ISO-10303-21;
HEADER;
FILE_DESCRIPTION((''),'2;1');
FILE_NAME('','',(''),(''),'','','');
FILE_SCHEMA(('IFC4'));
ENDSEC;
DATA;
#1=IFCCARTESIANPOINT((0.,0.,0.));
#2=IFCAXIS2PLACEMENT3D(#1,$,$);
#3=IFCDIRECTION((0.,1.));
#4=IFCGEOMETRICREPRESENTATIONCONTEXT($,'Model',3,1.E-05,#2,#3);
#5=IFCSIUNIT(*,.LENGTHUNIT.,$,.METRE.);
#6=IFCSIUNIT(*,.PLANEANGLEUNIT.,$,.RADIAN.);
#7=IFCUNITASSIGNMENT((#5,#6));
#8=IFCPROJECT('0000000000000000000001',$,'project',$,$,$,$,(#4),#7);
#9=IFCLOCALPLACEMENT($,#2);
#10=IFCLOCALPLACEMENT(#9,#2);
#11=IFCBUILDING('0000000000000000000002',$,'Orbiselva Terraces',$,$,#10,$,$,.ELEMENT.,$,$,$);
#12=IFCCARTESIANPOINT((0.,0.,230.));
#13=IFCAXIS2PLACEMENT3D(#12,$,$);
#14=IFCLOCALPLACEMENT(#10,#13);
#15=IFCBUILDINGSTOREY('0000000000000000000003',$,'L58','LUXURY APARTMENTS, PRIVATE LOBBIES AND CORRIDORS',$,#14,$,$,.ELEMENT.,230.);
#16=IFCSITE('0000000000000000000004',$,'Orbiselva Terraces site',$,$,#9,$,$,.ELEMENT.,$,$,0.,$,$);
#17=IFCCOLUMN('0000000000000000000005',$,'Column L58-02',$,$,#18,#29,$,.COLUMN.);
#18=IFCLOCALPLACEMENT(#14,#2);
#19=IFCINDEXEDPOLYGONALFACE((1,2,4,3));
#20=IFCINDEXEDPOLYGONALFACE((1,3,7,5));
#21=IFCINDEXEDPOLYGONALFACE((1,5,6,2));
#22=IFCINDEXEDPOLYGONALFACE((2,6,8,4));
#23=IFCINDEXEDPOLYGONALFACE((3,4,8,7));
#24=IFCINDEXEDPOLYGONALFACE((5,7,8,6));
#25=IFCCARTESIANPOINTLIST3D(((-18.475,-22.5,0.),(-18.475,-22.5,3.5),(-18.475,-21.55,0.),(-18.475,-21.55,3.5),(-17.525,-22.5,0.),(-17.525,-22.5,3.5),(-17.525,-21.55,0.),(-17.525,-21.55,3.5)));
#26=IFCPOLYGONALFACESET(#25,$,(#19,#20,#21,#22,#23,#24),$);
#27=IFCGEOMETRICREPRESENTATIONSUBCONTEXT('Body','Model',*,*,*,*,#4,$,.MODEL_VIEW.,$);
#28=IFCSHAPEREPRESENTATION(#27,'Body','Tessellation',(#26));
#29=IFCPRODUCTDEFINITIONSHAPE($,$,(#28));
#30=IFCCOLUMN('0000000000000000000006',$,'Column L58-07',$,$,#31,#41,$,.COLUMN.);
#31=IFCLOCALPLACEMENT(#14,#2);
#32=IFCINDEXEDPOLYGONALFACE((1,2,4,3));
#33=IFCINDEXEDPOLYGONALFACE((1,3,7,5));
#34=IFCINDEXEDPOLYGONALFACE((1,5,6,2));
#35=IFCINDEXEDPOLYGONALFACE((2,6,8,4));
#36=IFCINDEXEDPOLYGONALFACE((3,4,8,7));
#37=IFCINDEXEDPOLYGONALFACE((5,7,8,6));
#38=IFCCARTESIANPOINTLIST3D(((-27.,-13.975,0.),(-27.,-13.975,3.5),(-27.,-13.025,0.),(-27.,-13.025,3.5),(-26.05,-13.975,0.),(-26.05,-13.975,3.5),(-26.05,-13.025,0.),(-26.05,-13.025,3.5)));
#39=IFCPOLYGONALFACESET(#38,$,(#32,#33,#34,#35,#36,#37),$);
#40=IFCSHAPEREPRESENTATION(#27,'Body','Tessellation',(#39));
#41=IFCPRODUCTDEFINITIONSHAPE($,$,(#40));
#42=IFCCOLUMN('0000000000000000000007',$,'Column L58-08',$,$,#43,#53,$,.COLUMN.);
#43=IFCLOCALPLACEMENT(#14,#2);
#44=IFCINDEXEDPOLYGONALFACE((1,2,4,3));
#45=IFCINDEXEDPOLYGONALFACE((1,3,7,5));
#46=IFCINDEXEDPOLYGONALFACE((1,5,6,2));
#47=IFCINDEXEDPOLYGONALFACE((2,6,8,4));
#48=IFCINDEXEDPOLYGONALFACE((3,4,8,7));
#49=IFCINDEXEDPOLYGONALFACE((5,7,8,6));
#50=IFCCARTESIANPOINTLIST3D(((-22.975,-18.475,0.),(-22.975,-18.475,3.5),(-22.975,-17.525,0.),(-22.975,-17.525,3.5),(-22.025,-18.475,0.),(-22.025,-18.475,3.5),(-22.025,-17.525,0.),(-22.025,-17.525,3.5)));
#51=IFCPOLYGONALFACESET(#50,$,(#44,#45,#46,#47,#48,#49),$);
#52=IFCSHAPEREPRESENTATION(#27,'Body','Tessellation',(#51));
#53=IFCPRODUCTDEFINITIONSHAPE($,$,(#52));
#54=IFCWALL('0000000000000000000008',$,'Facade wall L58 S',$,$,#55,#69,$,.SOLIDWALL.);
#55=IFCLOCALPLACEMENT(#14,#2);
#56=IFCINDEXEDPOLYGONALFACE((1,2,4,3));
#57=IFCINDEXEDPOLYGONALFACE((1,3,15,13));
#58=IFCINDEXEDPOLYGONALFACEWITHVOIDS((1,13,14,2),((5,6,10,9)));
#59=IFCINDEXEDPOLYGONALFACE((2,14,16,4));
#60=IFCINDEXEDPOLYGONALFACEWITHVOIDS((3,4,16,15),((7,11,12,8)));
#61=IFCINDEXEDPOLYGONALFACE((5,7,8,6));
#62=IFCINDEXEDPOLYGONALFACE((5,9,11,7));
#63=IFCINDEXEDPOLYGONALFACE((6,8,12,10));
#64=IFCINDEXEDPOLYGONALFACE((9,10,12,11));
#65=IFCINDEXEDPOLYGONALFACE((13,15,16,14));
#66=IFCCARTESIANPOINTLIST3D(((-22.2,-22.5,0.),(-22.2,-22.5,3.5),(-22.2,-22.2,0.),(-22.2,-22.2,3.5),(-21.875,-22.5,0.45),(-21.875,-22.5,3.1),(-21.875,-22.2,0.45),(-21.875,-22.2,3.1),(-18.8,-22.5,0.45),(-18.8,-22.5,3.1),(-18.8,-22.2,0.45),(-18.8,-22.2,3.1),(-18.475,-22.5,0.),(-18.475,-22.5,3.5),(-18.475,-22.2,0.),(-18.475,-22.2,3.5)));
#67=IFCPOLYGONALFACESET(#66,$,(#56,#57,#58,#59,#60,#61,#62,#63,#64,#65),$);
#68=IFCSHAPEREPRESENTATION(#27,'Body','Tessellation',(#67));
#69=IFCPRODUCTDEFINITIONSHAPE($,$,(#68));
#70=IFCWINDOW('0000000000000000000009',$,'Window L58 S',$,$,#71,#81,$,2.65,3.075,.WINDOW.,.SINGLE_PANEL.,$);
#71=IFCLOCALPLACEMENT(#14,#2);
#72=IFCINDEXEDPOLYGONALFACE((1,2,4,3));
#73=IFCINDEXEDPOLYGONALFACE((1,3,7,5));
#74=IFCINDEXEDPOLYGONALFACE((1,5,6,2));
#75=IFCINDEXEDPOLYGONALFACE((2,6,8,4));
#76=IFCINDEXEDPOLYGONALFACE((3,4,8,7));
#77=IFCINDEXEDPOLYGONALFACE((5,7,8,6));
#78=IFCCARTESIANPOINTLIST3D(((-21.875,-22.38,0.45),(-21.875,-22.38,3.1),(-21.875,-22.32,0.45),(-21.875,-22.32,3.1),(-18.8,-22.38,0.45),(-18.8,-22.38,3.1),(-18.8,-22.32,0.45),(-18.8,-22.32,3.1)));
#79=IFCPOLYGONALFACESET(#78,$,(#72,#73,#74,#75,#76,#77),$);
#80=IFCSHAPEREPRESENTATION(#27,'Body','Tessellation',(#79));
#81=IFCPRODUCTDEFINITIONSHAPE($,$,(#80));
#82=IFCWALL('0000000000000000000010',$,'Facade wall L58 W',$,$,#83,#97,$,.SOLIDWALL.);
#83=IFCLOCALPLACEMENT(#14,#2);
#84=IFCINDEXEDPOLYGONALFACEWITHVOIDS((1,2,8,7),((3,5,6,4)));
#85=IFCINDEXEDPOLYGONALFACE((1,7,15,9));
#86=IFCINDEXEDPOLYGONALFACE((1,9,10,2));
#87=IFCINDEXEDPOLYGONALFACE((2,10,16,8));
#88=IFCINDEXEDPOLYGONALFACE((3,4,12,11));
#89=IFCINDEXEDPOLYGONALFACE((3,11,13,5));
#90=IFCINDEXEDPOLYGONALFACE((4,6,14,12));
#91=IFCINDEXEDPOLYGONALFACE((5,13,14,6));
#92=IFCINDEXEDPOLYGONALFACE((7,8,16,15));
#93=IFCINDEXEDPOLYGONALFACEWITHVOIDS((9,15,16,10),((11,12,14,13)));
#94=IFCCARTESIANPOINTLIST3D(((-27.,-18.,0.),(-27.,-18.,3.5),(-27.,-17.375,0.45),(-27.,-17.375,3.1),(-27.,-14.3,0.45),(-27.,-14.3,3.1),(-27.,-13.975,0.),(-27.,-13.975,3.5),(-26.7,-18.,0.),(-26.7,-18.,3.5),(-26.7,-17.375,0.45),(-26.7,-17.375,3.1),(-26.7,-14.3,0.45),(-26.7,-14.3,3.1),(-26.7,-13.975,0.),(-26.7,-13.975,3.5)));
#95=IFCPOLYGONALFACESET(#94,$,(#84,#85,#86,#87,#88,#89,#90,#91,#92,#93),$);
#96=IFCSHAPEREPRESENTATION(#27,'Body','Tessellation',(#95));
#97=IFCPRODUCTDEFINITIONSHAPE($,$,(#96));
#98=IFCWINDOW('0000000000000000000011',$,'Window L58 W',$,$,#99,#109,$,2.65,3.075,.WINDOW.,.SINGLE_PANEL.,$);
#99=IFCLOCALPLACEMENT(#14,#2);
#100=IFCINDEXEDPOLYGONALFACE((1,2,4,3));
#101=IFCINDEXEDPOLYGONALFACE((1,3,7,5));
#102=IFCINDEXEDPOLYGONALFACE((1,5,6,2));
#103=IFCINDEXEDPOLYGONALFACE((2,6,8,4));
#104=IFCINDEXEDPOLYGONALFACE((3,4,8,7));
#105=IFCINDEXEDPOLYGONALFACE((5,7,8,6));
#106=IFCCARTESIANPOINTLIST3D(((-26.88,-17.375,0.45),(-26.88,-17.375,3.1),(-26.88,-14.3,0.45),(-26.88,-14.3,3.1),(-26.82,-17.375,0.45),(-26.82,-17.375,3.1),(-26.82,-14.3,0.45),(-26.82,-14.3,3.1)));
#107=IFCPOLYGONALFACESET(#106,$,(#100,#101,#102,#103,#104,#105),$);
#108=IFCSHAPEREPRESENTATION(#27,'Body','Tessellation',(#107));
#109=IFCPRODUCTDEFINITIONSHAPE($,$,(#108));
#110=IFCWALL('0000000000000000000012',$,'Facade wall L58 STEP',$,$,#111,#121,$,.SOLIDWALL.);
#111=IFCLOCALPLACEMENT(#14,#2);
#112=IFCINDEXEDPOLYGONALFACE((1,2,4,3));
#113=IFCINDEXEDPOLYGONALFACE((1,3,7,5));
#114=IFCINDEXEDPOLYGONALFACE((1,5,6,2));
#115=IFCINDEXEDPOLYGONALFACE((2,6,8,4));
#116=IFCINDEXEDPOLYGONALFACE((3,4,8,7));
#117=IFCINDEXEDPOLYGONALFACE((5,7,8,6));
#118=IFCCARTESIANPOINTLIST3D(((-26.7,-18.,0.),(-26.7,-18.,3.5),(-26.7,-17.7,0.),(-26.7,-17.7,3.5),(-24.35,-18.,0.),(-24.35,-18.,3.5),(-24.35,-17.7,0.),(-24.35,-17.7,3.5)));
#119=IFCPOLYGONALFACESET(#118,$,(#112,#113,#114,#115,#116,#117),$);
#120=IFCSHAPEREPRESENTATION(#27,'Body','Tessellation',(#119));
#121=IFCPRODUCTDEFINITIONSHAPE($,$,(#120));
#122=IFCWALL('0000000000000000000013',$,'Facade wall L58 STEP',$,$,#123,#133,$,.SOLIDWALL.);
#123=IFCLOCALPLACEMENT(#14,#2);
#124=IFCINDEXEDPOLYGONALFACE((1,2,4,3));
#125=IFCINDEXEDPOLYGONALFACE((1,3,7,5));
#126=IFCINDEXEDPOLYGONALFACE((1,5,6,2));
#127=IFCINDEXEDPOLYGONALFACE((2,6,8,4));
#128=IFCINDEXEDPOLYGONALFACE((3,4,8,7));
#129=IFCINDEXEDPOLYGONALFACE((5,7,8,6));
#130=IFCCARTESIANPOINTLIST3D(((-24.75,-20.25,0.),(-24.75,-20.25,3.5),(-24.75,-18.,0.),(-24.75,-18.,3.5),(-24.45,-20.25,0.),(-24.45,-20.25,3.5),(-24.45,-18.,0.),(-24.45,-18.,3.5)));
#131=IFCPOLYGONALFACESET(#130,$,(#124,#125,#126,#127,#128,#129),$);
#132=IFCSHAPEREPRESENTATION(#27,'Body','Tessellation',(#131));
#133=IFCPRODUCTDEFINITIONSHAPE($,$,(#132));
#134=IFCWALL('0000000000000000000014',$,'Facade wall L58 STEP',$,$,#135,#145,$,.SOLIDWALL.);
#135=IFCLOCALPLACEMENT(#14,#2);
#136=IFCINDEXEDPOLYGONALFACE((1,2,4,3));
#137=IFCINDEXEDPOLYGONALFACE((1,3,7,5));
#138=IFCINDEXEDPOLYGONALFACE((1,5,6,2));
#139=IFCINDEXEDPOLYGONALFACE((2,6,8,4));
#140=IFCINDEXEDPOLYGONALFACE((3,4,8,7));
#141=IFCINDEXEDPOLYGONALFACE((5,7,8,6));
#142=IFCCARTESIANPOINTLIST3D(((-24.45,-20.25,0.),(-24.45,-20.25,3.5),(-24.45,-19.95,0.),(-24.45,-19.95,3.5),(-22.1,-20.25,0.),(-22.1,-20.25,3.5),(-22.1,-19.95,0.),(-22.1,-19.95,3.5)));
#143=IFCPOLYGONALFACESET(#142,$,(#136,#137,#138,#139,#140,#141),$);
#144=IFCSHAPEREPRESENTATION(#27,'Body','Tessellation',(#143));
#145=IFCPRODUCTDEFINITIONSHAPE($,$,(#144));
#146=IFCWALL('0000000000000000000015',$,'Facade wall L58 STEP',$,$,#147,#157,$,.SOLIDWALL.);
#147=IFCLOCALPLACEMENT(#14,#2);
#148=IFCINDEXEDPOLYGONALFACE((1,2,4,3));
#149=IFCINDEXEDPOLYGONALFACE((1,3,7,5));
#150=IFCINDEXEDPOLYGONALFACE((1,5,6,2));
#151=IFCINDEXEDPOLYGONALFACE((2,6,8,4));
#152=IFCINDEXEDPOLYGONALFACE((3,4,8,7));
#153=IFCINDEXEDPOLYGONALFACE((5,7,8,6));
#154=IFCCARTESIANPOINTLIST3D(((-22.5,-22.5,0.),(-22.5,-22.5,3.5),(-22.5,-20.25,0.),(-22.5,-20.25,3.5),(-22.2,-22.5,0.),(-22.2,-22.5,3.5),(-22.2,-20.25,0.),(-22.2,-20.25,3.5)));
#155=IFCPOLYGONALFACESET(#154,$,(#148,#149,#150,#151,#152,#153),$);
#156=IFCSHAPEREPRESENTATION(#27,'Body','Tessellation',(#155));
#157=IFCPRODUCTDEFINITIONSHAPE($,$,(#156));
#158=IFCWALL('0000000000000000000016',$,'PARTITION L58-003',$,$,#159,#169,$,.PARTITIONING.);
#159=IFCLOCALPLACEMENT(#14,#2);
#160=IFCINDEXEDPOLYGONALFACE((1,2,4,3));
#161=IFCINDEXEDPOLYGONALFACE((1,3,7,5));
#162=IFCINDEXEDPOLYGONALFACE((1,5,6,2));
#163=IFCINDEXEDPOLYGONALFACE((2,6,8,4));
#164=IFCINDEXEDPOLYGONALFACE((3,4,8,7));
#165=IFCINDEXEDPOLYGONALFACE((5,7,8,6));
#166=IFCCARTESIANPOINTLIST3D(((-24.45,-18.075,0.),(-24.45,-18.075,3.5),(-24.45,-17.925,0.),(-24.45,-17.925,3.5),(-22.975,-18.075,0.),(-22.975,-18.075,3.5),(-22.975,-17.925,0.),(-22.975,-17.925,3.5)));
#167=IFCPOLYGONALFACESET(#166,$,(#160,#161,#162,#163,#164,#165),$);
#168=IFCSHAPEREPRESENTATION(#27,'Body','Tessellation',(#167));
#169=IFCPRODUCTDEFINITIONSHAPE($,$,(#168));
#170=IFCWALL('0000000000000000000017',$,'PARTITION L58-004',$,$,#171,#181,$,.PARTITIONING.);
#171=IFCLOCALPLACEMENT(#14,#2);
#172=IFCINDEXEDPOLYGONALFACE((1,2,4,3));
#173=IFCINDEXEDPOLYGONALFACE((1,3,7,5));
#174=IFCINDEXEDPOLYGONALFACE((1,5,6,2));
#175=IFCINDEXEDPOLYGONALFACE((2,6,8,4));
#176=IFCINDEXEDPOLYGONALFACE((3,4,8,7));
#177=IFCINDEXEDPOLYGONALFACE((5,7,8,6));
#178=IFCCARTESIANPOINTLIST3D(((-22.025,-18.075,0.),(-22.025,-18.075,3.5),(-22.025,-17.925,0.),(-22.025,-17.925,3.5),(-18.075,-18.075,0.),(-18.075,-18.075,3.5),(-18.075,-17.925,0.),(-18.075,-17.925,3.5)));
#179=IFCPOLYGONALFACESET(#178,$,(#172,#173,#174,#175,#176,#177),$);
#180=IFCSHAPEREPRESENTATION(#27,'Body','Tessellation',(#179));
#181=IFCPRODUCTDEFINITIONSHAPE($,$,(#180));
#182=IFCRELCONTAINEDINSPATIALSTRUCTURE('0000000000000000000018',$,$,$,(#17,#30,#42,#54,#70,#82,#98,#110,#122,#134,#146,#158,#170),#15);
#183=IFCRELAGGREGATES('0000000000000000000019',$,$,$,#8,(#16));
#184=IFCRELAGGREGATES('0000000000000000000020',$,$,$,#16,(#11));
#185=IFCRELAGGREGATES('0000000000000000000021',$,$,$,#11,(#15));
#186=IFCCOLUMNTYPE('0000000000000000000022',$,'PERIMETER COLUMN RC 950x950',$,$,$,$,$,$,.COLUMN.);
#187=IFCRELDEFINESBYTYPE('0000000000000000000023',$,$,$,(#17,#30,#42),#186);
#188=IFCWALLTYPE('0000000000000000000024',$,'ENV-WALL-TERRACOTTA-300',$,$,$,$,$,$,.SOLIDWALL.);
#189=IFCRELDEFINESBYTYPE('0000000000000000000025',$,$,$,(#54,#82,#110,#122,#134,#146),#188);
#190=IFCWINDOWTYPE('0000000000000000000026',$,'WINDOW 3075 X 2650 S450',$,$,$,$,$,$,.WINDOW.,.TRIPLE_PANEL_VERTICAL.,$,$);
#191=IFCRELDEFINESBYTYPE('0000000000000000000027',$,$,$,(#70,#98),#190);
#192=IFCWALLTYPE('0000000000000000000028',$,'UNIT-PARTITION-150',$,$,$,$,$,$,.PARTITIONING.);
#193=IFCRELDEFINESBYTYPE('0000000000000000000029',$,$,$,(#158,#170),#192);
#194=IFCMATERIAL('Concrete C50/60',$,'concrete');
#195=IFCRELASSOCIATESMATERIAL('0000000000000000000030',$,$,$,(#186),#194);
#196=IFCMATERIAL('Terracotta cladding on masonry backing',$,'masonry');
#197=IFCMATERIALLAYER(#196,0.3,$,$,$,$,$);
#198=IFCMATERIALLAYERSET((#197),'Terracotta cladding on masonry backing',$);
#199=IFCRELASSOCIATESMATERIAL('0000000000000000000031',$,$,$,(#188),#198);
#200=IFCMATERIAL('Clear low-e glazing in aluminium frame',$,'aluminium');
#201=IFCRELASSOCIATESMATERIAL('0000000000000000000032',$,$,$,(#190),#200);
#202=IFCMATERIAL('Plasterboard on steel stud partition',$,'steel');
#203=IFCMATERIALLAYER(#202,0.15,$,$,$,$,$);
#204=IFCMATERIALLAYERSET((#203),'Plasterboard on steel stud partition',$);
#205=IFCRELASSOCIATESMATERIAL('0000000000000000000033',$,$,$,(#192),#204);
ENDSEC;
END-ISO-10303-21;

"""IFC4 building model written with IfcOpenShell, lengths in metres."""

from ifc_helpers import new_model, si_unit, direction, frame, frame_2d, origin, origin_2d, place, context, subcontext, project, spatial, rectangle, extrude, material, layer, layer_set, material_profile, profile_set, type_object, element, fill, save


model = new_model("IFC4")

# Units and contexts
model_context = context("Model", 3, precision=1e-05, world=origin(), true_north=direction((0.0, 1.0)))
body_context = subcontext(model_context, "Body", "Model", "MODEL_VIEW")
ifc_project = project(units=[si_unit("LENGTHUNIT", "METRE"), si_unit("PLANEANGLEUNIT", "RADIAN")], contexts=[model_context])

# Site, building, storey
site_placement = place(None, origin())
site = spatial("IfcSite", under=ifc_project, at=site_placement, Name="Orbiselva Terraces site", CompositionType="ELEMENT", RefElevation=0.0)
building_placement = place(site_placement, origin())
building = spatial("IfcBuilding", under=site, at=building_placement, Name="Orbiselva Terraces", CompositionType="ELEMENT")
storey_placement = place(building_placement, frame((0.0, 0.0, 230.0)))
storey = spatial("IfcBuildingStorey", under=building, at=storey_placement, Name="L58", Description="LUXURY APARTMENTS, PRIVATE LOBBIES AND CORRIDORS", CompositionType="ELEMENT", Elevation=230.0)

# Columns
ifc_material_1 = material(Name="Concrete C50/60", Category="concrete")
ifc_material_profile = material_profile(ifc_material_1, rectangle(XDim=0.95, YDim=0.95, at=origin_2d()), Name="RC 950x950")
ifc_profile_set = profile_set([ifc_material_profile], Name="Concrete C50/60")
column_type = type_object("IfcColumnType", Name="PERIMETER COLUMN RC 950x950", PredefinedType="COLUMN", material=ifc_profile_set)
for number, where, z_axis, x_axis, name in (
    (1, (-18.0, -22.025, 0.0), (0.0, 0.0, 1.0), (1.0, 0.0, 0.0), "Column L58-02"),
    (2, (-26.525, -13.5, 0.0), (0.0, 0.0, 1.0), (1.0, 0.0, 0.0), "Column L58-07"),
    (3, (-22.5, -18.0, 0.0), (0.0, 0.0, 1.0), (1.0, 0.0, 0.0), "Column L58-08"),
):
    element("IfcColumn", number, at=place(storey_placement, frame(where, z_axis=z_axis, x_axis=x_axis)), inside=storey, type_object=column_type, Name=name, PredefinedType="COLUMN", context=body_context, shape_type="SweptSolid", body=[
        extrude(rectangle(XDim=0.95, YDim=0.95, at=origin_2d()), origin(), (0.0, 0.0, 1.0), 3.5),
    ])

# Walls, openings, windows
ifc_material_2 = material(Name="Terracotta cladding on masonry backing", Category="masonry")
ifc_layer_1 = layer(ifc_material_2, 0.3)
ifc_layer_set_1 = layer_set([ifc_layer_1], Name="Terracotta cladding on masonry backing")
wall_type_1 = type_object("IfcWallType", Name="ENV-WALL-TERRACOTTA-300", PredefinedType="SOLIDWALL", material=ifc_layer_set_1)
wall_1_placement = place(storey_placement, frame((-18.475, -22.35, 0.0), z_axis=(0.0, 0.0, 1.0), x_axis=(-1.0, 0.0, 0.0)))
wall_1 = element("IfcWall", 4, at=wall_1_placement, inside=storey, type_object=wall_type_1, Name="Facade wall L58 S", PredefinedType="SOLIDWALL", context=body_context, shape_type="SweptSolid", body=[
    extrude(rectangle(XDim=3.725, YDim=0.3, at=frame_2d((1.8625, 0.0))), origin(), (0.0, 0.0, 1.0), 3.5),
])
opening_1_placement = place(wall_1_placement, frame((0.325, 0.0, 0.45)))
opening_1 = element("IfcOpeningElement", 5, at=opening_1_placement, cuts=wall_1, PredefinedType="OPENING", context=body_context, shape_type="SweptSolid", body=[
    extrude(rectangle(XDim=3.075, YDim=2.65, at=frame_2d((1.5375, 1.325))), frame((0.0, 0.16, 0.0), z_axis=(0.0, -1.0, 0.0), x_axis=(1.0, 0.0, 0.0)), (0.0, 0.0, 1.0), 0.32),
])
ifc_material_3 = material(Name="Clear low-e glazing in aluminium frame", Category="aluminium")
window_type = type_object("IfcWindowType", Name="WINDOW 3075 X 2650 S450", PartitioningType="TRIPLE_PANEL_VERTICAL", PredefinedType="WINDOW", material=ifc_material_3)
window_1_placement = place(opening_1_placement, origin())
window_1 = element("IfcWindow", 6, at=window_1_placement, inside=storey, type_object=window_type, Name="Window L58 S", OverallHeight=2.65, OverallWidth=3.075, PartitioningType="SINGLE_PANEL", PredefinedType="WINDOW", context=body_context, shape_type="SweptSolid", body=[
    extrude(rectangle(XDim=3.075, YDim=2.65, at=frame_2d((1.5375, 1.325))), frame((0.0, 0.03, 0.0), z_axis=(0.0, -1.0, 0.0), x_axis=(1.0, 0.0, 0.0)), (0.0, 0.0, 1.0), 0.06),
])
fill(opening_1, window_1)
wall_2_placement = place(storey_placement, frame((-26.85, -18.0, 0.0), z_axis=(0.0, 0.0, 1.0), x_axis=(0.0, 1.0, 0.0)))
wall_2 = element("IfcWall", 7, at=wall_2_placement, inside=storey, type_object=wall_type_1, Name="Facade wall L58 W", PredefinedType="SOLIDWALL", context=body_context, shape_type="SweptSolid", body=[
    extrude(rectangle(XDim=4.025, YDim=0.3, at=frame_2d((2.0125, 0.0))), origin(), (0.0, 0.0, 1.0), 3.5),
])
opening_2_placement = place(wall_2_placement, frame((0.625, 0.0, 0.45)))
opening_2 = element("IfcOpeningElement", 8, at=opening_2_placement, cuts=wall_2, PredefinedType="OPENING", context=body_context, shape_type="SweptSolid", body=[
    extrude(rectangle(XDim=3.075, YDim=2.65, at=frame_2d((1.5375, 1.325))), frame((0.0, 0.16, 0.0), z_axis=(0.0, -1.0, 0.0), x_axis=(1.0, 0.0, 0.0)), (0.0, 0.0, 1.0), 0.32),
])
window_2_placement = place(opening_2_placement, origin())
window_2 = element("IfcWindow", 9, at=window_2_placement, inside=storey, type_object=window_type, Name="Window L58 W", OverallHeight=2.65, OverallWidth=3.075, PartitioningType="SINGLE_PANEL", PredefinedType="WINDOW", context=body_context, shape_type="SweptSolid", body=[
    extrude(rectangle(XDim=3.075, YDim=2.65, at=frame_2d((1.5375, 1.325))), frame((0.0, 0.03, 0.0), z_axis=(0.0, -1.0, 0.0), x_axis=(1.0, 0.0, 0.0)), (0.0, 0.0, 1.0), 0.06),
])
fill(opening_2, window_2)

# Walls
wall_3_placement = place(storey_placement, frame((-24.35, -17.85, 0.0), z_axis=(0.0, 0.0, 1.0), x_axis=(-1.0, 0.0, 0.0)))
element("IfcWall", 10, at=wall_3_placement, inside=storey, type_object=wall_type_1, Name="Facade wall L58 STEP", PredefinedType="SOLIDWALL", context=body_context, shape_type="SweptSolid", body=[
    extrude(rectangle(XDim=2.35, YDim=0.3, at=frame_2d((1.175, 0.0))), origin(), (0.0, 0.0, 1.0), 3.5),
])
wall_4_placement = place(storey_placement, frame((-24.6, -20.25, 0.0), z_axis=(0.0, 0.0, 1.0), x_axis=(0.0, 1.0, 0.0)))
element("IfcWall", 11, at=wall_4_placement, inside=storey, type_object=wall_type_1, Name="Facade wall L58 STEP", PredefinedType="SOLIDWALL", context=body_context, shape_type="SweptSolid", body=[
    extrude(rectangle(XDim=2.25, YDim=0.3, at=frame_2d((1.125, 0.0))), origin(), (0.0, 0.0, 1.0), 3.5),
])
wall_5_placement = place(storey_placement, frame((-22.1, -20.1, 0.0), z_axis=(0.0, 0.0, 1.0), x_axis=(-1.0, 0.0, 0.0)))
element("IfcWall", 12, at=wall_5_placement, inside=storey, type_object=wall_type_1, Name="Facade wall L58 STEP", PredefinedType="SOLIDWALL", context=body_context, shape_type="SweptSolid", body=[
    extrude(rectangle(XDim=2.35, YDim=0.3, at=frame_2d((1.175, 0.0))), origin(), (0.0, 0.0, 1.0), 3.5),
])
wall_6_placement = place(storey_placement, frame((-22.35, -22.5, 0.0), z_axis=(0.0, 0.0, 1.0), x_axis=(0.0, 1.0, 0.0)))
element("IfcWall", 13, at=wall_6_placement, inside=storey, type_object=wall_type_1, Name="Facade wall L58 STEP", PredefinedType="SOLIDWALL", context=body_context, shape_type="SweptSolid", body=[
    extrude(rectangle(XDim=2.25, YDim=0.3, at=frame_2d((1.125, 0.0))), origin(), (0.0, 0.0, 1.0), 3.5),
])
ifc_material_4 = material(Name="Plasterboard on steel stud partition", Category="steel")
ifc_layer_2 = layer(ifc_material_4, 0.15)
ifc_layer_set_2 = layer_set([ifc_layer_2], Name="Plasterboard on steel stud partition")
wall_type_2 = type_object("IfcWallType", Name="UNIT-PARTITION-150", PredefinedType="PARTITIONING", material=ifc_layer_set_2)
wall_7_placement = place(storey_placement, frame((-24.45, -18.0, 0.0), z_axis=(0.0, 0.0, 1.0), x_axis=(1.0, 0.0, 0.0)))
element("IfcWall", 14, at=wall_7_placement, inside=storey, type_object=wall_type_2, Name="PARTITION L58-003", PredefinedType="PARTITIONING", context=body_context, shape_type="SweptSolid", body=[
    extrude(rectangle(XDim=1.475, YDim=0.15, at=frame_2d((0.7375, 0.0))), origin(), (0.0, 0.0, 1.0), 3.5),
])
wall_8_placement = place(storey_placement, frame((-22.025, -18.0, 0.0), z_axis=(0.0, 0.0, 1.0), x_axis=(1.0, 0.0, 0.0)))
element("IfcWall", 15, at=wall_8_placement, inside=storey, type_object=wall_type_2, Name="PARTITION L58-004", PredefinedType="PARTITIONING", context=body_context, shape_type="SweptSolid", body=[
    extrude(rectangle(XDim=3.95, YDim=0.15, at=frame_2d((1.975, 0.0))), origin(), (0.0, 0.0, 1.0), 3.5),
])

save(model, "model.ifc")
